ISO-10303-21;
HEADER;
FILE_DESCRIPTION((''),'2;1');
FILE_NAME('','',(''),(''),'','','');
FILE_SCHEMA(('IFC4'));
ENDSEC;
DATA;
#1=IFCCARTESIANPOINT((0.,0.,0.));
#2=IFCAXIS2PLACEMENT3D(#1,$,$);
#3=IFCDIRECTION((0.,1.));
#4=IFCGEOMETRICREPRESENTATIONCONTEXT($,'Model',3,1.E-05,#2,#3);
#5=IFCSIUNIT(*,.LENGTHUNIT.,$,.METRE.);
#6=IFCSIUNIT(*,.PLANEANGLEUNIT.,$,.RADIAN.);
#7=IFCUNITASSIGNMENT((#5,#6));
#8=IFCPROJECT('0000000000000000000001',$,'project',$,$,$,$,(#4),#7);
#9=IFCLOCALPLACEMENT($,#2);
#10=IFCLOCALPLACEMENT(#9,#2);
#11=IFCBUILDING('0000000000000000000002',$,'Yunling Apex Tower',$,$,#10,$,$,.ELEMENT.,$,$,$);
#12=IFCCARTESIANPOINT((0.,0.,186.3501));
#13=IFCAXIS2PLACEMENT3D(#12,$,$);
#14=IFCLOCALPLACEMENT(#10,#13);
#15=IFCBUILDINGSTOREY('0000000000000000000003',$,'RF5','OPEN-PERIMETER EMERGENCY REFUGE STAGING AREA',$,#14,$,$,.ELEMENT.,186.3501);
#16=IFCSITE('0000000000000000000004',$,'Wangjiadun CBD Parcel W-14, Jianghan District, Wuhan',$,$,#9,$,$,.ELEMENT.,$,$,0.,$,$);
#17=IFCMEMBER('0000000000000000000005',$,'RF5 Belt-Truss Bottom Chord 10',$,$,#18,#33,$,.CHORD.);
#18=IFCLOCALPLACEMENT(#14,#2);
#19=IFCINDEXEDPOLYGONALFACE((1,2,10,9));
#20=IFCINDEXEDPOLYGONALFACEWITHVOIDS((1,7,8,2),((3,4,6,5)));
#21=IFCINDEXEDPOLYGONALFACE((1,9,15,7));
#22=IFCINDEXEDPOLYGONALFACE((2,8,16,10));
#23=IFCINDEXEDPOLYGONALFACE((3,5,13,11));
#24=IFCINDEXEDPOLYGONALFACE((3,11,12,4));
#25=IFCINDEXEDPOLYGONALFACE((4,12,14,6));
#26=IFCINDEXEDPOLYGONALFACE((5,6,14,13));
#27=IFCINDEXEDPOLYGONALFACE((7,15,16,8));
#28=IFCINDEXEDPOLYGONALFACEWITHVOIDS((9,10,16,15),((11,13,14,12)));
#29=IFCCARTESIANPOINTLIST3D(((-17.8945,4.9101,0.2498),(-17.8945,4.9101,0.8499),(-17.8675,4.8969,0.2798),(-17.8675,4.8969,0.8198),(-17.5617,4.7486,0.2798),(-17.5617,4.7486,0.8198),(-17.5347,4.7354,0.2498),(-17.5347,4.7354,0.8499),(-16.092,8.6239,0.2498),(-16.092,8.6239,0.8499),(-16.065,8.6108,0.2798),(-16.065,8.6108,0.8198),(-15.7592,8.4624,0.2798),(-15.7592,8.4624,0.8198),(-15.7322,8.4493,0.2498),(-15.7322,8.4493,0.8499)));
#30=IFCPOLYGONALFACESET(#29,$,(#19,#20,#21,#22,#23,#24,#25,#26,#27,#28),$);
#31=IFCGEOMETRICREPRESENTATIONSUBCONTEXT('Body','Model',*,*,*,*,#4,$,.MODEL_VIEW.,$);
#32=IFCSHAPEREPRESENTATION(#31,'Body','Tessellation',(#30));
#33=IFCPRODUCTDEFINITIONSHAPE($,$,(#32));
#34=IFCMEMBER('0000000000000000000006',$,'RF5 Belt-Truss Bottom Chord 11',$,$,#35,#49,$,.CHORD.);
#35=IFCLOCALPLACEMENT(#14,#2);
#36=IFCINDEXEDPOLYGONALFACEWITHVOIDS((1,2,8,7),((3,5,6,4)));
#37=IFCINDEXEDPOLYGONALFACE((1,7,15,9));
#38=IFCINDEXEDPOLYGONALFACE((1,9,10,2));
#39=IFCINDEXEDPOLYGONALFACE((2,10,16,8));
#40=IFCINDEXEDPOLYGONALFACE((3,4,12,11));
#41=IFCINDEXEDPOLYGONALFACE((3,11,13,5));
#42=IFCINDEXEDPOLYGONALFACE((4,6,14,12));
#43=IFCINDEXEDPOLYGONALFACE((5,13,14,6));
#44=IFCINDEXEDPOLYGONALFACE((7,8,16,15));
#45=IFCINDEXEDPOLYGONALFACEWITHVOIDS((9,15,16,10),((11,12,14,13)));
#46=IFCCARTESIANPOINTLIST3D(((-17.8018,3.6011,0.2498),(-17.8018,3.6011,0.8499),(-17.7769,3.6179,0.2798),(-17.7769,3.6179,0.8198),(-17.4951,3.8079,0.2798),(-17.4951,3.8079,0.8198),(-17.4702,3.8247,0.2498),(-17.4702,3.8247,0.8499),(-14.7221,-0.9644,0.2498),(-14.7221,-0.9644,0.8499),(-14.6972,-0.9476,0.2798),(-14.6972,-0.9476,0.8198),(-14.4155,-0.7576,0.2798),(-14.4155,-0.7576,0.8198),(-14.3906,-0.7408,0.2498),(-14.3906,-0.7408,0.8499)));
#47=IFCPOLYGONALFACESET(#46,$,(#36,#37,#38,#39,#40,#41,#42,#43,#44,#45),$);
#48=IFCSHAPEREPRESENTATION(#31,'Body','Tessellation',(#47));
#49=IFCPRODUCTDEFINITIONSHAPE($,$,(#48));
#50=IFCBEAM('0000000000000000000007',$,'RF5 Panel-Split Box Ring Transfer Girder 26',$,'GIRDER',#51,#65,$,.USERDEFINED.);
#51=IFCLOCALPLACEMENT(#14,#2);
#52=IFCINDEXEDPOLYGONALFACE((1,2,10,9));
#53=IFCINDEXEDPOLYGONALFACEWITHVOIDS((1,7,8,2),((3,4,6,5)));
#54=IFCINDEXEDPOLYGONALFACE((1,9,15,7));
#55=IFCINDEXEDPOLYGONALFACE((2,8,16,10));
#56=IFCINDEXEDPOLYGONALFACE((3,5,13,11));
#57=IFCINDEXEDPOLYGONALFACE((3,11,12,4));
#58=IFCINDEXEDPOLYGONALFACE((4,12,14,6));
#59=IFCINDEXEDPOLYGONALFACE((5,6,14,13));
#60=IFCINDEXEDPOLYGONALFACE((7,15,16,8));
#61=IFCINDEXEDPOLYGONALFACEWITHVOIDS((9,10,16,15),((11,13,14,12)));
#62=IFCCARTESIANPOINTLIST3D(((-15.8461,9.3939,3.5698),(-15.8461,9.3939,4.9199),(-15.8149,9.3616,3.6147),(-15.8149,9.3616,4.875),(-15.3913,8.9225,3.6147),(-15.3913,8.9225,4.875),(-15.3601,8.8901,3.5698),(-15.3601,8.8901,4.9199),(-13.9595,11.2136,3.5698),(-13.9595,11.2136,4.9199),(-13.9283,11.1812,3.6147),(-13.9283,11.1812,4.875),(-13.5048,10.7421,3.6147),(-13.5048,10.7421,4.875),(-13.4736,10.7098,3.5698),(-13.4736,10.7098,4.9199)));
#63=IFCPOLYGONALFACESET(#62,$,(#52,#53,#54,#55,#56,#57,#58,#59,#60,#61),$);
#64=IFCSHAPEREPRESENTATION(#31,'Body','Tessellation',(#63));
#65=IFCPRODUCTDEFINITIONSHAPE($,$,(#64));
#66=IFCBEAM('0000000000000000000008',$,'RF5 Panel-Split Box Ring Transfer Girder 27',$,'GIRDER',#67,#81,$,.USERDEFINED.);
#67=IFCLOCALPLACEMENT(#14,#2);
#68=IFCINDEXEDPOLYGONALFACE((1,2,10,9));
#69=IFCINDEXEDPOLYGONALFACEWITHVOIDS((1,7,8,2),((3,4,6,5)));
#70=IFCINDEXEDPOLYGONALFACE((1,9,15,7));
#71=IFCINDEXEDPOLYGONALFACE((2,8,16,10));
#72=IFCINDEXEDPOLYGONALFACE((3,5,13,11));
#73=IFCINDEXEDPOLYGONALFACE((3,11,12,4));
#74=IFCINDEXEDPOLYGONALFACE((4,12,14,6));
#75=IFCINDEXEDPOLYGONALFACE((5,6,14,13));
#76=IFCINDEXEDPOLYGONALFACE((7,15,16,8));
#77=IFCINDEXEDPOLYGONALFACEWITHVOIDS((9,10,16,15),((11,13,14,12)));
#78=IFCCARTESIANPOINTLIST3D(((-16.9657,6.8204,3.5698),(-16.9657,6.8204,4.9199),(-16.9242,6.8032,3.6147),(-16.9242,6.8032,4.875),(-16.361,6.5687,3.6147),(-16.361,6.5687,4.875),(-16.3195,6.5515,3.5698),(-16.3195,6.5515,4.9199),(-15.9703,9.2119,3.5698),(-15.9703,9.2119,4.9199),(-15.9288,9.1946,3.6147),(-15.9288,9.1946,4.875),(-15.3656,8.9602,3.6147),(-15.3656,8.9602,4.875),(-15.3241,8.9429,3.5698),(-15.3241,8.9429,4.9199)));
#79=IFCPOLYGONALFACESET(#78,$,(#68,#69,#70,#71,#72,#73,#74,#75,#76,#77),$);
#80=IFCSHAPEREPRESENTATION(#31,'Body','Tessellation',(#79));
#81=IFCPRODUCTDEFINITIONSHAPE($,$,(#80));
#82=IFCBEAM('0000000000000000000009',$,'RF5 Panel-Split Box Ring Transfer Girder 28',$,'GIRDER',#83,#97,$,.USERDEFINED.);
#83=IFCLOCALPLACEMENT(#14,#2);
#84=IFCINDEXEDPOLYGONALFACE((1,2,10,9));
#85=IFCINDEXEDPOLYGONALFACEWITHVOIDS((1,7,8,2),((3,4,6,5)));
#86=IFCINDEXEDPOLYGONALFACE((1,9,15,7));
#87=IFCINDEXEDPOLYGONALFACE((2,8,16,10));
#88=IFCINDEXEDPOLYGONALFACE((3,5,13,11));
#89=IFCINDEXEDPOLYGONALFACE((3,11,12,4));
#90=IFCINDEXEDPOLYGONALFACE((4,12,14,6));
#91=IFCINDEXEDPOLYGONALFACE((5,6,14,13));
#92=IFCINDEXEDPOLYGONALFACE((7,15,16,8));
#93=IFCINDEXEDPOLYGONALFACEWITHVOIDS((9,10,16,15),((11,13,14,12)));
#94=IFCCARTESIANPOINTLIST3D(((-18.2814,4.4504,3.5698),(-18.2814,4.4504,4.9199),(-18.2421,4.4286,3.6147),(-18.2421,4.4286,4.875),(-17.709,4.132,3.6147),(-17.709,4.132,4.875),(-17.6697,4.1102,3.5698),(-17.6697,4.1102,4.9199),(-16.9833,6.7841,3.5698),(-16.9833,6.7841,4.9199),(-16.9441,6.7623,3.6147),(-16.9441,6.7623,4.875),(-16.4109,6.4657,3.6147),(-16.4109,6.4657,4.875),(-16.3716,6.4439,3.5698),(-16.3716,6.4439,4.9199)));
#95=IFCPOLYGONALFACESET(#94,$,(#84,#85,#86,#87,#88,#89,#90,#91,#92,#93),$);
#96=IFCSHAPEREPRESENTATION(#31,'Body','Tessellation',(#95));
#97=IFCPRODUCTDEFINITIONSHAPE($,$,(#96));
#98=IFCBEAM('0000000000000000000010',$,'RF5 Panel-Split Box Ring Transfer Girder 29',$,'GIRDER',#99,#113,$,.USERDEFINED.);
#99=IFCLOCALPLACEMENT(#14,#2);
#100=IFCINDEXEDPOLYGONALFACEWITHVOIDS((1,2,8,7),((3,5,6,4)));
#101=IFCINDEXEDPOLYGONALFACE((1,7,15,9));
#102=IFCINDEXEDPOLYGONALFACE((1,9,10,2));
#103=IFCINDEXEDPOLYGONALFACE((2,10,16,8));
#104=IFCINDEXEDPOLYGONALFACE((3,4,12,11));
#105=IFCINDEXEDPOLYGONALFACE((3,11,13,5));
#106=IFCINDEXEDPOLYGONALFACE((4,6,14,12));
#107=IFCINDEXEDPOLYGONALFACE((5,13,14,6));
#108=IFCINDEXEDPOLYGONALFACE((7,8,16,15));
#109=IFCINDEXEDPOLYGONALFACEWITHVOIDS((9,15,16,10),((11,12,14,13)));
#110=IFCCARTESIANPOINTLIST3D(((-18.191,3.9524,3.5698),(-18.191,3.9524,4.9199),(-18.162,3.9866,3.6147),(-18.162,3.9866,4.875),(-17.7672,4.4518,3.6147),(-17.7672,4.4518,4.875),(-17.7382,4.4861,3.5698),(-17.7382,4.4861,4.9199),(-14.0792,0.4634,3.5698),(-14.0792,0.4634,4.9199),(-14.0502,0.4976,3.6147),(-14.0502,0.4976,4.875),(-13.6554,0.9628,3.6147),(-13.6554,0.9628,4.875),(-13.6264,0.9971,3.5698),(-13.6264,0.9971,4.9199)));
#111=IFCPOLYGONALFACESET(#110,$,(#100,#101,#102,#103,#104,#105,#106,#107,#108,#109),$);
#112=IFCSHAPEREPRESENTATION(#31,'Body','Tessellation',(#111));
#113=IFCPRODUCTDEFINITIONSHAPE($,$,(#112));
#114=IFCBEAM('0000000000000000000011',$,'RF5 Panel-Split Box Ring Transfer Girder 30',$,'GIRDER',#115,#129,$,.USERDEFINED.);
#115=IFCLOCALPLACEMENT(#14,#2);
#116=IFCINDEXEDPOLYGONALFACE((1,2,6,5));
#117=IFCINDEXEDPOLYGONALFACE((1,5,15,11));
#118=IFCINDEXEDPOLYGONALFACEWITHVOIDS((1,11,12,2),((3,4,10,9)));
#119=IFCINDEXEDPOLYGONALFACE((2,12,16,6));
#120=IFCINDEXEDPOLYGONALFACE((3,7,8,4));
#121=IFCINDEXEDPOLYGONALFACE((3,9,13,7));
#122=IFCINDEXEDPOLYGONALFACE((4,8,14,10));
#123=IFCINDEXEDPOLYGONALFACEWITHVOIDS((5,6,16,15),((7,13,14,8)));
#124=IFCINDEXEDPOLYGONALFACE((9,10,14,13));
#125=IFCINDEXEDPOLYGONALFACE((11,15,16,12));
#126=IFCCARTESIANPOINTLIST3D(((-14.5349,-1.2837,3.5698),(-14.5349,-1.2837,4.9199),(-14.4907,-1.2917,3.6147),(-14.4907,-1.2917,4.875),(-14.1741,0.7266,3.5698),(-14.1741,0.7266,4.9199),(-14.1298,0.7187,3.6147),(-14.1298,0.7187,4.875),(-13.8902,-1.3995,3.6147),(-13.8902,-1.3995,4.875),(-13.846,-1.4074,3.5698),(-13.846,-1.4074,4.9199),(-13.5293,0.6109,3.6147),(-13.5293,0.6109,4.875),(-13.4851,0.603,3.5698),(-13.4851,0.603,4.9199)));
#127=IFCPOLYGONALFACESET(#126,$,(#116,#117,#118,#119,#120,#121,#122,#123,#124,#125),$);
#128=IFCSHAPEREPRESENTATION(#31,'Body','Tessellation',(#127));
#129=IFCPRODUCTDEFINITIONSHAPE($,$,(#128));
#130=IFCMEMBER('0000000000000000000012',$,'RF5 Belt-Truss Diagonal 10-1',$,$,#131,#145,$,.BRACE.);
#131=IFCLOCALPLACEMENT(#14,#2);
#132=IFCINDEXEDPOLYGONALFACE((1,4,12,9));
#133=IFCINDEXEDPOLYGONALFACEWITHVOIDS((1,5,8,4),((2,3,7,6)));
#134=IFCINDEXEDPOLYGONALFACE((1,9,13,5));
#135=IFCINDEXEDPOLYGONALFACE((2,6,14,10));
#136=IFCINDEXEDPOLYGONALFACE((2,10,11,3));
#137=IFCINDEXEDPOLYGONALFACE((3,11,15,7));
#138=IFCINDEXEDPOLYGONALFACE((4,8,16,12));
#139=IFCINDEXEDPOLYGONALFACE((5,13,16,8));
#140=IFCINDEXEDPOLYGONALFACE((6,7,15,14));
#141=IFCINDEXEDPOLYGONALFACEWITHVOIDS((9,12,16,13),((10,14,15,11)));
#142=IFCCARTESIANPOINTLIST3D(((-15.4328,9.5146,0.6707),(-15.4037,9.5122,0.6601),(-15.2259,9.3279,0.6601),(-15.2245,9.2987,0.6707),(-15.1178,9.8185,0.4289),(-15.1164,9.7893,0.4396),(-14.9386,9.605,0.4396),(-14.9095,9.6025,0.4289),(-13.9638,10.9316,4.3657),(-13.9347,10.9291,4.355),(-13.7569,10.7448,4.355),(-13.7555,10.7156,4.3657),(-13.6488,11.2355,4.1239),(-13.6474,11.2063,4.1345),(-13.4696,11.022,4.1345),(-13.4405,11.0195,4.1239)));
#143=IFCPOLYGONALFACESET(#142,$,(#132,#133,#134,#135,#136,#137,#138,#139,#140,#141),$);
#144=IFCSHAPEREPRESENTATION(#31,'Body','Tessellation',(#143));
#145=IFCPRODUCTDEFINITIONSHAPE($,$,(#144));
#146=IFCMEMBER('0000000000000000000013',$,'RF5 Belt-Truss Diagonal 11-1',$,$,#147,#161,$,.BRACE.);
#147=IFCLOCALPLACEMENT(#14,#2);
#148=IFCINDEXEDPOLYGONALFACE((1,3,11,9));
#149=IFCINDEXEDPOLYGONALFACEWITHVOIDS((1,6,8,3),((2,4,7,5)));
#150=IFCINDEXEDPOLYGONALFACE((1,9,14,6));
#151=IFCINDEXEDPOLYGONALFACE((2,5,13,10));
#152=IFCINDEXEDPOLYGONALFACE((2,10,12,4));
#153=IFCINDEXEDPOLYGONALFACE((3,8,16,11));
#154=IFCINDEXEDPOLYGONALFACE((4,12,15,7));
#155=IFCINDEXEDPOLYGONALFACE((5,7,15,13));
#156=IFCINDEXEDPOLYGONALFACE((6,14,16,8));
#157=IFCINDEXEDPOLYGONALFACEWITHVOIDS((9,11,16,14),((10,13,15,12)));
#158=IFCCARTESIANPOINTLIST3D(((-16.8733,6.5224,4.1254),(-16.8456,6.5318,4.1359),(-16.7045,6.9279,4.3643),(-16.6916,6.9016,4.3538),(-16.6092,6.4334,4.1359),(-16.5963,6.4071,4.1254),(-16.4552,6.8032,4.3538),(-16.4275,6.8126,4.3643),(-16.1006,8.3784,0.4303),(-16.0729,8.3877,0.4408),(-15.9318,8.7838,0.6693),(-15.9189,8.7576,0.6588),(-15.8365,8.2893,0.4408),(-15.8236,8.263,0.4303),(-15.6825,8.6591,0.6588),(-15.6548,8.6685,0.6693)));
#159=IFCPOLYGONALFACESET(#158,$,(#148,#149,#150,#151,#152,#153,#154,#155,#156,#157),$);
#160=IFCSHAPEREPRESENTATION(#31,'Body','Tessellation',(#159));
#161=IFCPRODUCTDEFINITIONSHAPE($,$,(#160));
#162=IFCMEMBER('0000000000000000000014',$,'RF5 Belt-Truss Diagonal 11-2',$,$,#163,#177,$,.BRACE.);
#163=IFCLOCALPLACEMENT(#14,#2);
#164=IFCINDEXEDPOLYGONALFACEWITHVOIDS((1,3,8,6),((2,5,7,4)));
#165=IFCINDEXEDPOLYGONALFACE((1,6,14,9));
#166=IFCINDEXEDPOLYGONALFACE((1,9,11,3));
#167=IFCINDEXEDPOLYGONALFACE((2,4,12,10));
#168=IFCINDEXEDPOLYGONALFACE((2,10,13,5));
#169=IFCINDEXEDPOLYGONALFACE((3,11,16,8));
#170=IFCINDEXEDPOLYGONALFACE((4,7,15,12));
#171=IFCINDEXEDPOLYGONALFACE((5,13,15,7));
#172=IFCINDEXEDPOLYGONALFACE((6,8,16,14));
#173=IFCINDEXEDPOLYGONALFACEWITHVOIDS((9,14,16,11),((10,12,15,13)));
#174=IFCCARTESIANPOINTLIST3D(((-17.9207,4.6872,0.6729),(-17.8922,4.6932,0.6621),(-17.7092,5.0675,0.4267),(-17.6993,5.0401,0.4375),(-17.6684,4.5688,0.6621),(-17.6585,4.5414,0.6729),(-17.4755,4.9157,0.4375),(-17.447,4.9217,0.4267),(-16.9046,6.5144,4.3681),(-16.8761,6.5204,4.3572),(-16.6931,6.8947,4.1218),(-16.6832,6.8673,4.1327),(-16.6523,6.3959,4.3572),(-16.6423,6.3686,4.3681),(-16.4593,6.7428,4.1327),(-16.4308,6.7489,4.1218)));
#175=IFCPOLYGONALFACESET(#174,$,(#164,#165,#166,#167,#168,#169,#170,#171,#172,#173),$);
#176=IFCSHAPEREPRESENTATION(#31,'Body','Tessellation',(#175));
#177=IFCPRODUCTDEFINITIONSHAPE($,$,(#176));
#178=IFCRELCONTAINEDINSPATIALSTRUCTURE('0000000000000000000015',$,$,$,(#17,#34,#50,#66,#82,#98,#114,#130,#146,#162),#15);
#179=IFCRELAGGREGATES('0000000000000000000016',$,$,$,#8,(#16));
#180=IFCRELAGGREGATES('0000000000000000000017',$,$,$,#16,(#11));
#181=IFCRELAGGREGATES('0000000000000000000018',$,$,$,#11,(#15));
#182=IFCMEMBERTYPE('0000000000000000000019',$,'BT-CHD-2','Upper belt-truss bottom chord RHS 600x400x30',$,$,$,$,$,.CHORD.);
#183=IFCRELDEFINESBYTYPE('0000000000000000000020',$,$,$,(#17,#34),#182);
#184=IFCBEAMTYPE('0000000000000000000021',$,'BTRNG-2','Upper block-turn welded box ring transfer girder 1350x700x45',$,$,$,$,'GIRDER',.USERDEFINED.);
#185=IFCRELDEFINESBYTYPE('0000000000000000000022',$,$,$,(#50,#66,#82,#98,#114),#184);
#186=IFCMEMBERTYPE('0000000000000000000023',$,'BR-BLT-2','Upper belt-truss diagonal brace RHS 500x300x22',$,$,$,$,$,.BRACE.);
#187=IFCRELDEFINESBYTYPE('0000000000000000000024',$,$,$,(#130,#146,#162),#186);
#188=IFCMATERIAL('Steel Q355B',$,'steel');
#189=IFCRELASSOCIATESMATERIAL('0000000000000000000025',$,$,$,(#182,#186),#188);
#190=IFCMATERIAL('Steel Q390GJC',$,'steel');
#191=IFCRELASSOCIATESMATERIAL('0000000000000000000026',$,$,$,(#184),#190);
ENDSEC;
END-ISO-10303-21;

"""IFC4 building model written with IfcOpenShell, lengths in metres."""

from ifc_helpers import new_model, si_unit, direction, frame, origin, origin_2d, place, context, subcontext, project, spatial, hollow_rectangle, extrude, source, transform, mapped, material, material_profile, profile_set, type_object, element, save


model = new_model("IFC4")

# Units and contexts
model_context = context("Model", 3, precision=1e-05, world=origin(), true_north=direction((0.0, 1.0)))
body_context = subcontext(model_context, "Body", "Model", "MODEL_VIEW")
ifc_project = project(units=[si_unit("LENGTHUNIT", "METRE"), si_unit("PLANEANGLEUNIT", "RADIAN")], contexts=[model_context])

# Site, building, storey
site_placement = place(None, origin())
site = spatial("IfcSite", under=ifc_project, at=site_placement, Name="Wangjiadun CBD Parcel W-14, Jianghan District, Wuhan", CompositionType="ELEMENT", RefElevation=0.0)
building_placement = place(site_placement, origin())
building = spatial("IfcBuilding", under=site, at=building_placement, Name="Yunling Apex Tower", CompositionType="ELEMENT")
storey_placement = place(building_placement, frame((0.0, 0.0, 186.3501)))
storey = spatial("IfcBuildingStorey", under=building, at=storey_placement, Name="RF5", Description="OPEN-PERIMETER EMERGENCY REFUGE STAGING AREA", CompositionType="ELEMENT", Elevation=186.3501)

# Shared definitions
ifc_material_1 = material(Name="Steel Q390GJC", Category="steel")

# Members
ifc_material_2 = material(Name="Steel Q355B", Category="steel")
ifc_material_profile_1 = material_profile(ifc_material_2, hollow_rectangle(XDim=0.3999, YDim=0.6001, WallThickness=0.03, at=origin_2d()))
ifc_profile_set_1 = profile_set([ifc_material_profile_1], Name="Steel Q355B")
member_type_1 = type_object("IfcMemberType", Name="BT-CHD-2", Description="Upper belt-truss bottom chord RHS 600x400x30", PredefinedType="CHORD", material=ifc_profile_set_1)
shared_shape_1 = source(origin(), body_context, "Body", "SweptSolid", [
    extrude(hollow_rectangle(XDim=0.3999, YDim=0.6001, WallThickness=0.03, at=origin_2d()), origin(), (0.0, 0.0, 1.0), 4.1282),
])
member_1_placement = place(storey_placement, frame((-15.9121, 8.5366, 0.5498), z_axis=(-0.436632, -0.89964, 0.0), x_axis=(0.89964, -0.436632, 0.0)))
element("IfcMember", 1, at=member_1_placement, inside=storey, type_object=member_type_1, Name="RF5 Belt-Truss Bottom Chord 10", PredefinedType="CHORD", context=body_context, shape_type="MappedRepresentation", body=[
    mapped(shared_shape_1, transform((0.0, 0.0, 0.0), scale=1.0)),
])
shared_shape_2 = source(origin(), body_context, "Body", "SweptSolid", [
    extrude(hollow_rectangle(XDim=0.3999, YDim=0.6001, WallThickness=0.03, at=origin_2d()), origin(), (0.0, 0.0, 1.0), 5.5071),
])
member_2_placement = place(storey_placement, frame((-17.636, 3.7129, 0.5498), z_axis=(0.559214, -0.829023, 0.0), x_axis=(0.829023, 0.559214, 0.0)))
element("IfcMember", 2, at=member_2_placement, inside=storey, type_object=member_type_1, Name="RF5 Belt-Truss Bottom Chord 11", PredefinedType="CHORD", context=body_context, shape_type="MappedRepresentation", body=[
    mapped(shared_shape_2, transform((0.0, 0.0, 0.0), scale=1.0)),
])

# Beams
ifc_material_profile_2 = material_profile(ifc_material_1, hollow_rectangle(XDim=0.7, YDim=1.3501, WallThickness=0.0449, at=origin_2d()))
ifc_profile_set_2 = profile_set([ifc_material_profile_2], Name="Steel Q390GJC")
beam_type = type_object("IfcBeamType", Name="BTRNG-2", Description="Upper block-turn welded box ring transfer girder 1350x700x45", ElementType="GIRDER", PredefinedType="USERDEFINED", material=ifc_profile_set_2)
shared_shape_3 = source(origin(), body_context, "Body", "SweptSolid", [
    extrude(hollow_rectangle(XDim=0.7, YDim=1.3501, WallThickness=0.0449, at=origin_2d()), origin(), (0.0, 0.0, 1.0), 2.6211),
])
beam_1_placement = place(storey_placement, frame((-13.7166, 10.9617, 4.2449), z_axis=(-0.719753, -0.69423, 0.0), x_axis=(0.69423, -0.719753, 0.0)))
element("IfcBeam", 3, at=beam_1_placement, inside=storey, type_object=beam_type, Name="RF5 Panel-Split Box Ring Transfer Girder 26", ObjectType="GIRDER", PredefinedType="USERDEFINED", context=body_context, shape_type="MappedRepresentation", body=[
    mapped(shared_shape_3, transform((0.0, 0.0, 0.0), scale=1.0)),
])
shared_shape_4 = source(origin(), body_context, "Body", "SweptSolid", [
    extrude(hollow_rectangle(XDim=0.7, YDim=1.3501, WallThickness=0.0449, at=origin_2d()), origin(), (0.0, 0.0, 1.0), 2.5903),
])
beam_2_placement = place(storey_placement, frame((-15.6472, 9.0774, 4.2449), z_axis=(-0.384274, -0.923219, 0.0), x_axis=(0.923219, -0.384274, 0.0)))
element("IfcBeam", 4, at=beam_2_placement, inside=storey, type_object=beam_type, Name="RF5 Panel-Split Box Ring Transfer Girder 27", ObjectType="GIRDER", PredefinedType="USERDEFINED", context=body_context, shape_type="MappedRepresentation", body=[
    mapped(shared_shape_4, transform((0.0, 0.0, 0.0), scale=1.0)),
])
shared_shape_5 = source(origin(), body_context, "Body", "SweptSolid", [
    extrude(hollow_rectangle(XDim=0.7, YDim=1.3501, WallThickness=0.0449, at=origin_2d()), origin(), (0.0, 0.0, 1.0), 2.6704),
])
beam_3_placement = place(storey_placement, frame((-16.6775, 6.614, 4.2449), z_axis=(-0.486093, -0.873907, 0.0), x_axis=(0.873907, -0.486093, 0.0)))
element("IfcBeam", 5, at=beam_3_placement, inside=storey, type_object=beam_type, Name="RF5 Panel-Split Box Ring Transfer Girder 28", ObjectType="GIRDER", PredefinedType="USERDEFINED", context=body_context, shape_type="MappedRepresentation", body=[
    mapped(shared_shape_5, transform((0.0, 0.0, 0.0), scale=1.0)),
])
shared_shape_6 = source(origin(), body_context, "Body", "SweptSolid", [
    extrude(hollow_rectangle(XDim=0.7, YDim=1.3501, WallThickness=0.0449, at=origin_2d()), origin(), (0.0, 0.0, 1.0), 5.3926),
])
beam_4_placement = place(storey_placement, frame((-17.9646, 4.2192, 4.2449), z_axis=(0.762491, -0.646999, 0.0), x_axis=(0.646999, 0.762491, 0.0)))
element("IfcBeam", 6, at=beam_4_placement, inside=storey, type_object=beam_type, Name="RF5 Panel-Split Box Ring Transfer Girder 29", ObjectType="GIRDER", PredefinedType="USERDEFINED", context=body_context, shape_type="MappedRepresentation", body=[
    mapped(shared_shape_6, transform((0.0, 0.0, 0.0), scale=1.0)),
])
shared_shape_7 = source(origin(), body_context, "Body", "SweptSolid", [
    extrude(hollow_rectangle(XDim=0.7, YDim=1.3501, WallThickness=0.0449, at=origin_2d()), origin(), (0.0, 0.0, 1.0), 2.0425),
])
beam_5_placement = place(storey_placement, frame((-13.8296, 0.6648, 4.2449), z_axis=(-0.176676, -0.984269, 0.0), x_axis=(0.984269, -0.176676, 0.0)))
element("IfcBeam", 7, at=beam_5_placement, inside=storey, type_object=beam_type, Name="RF5 Panel-Split Box Ring Transfer Girder 30", ObjectType="GIRDER", PredefinedType="USERDEFINED", context=body_context, shape_type="MappedRepresentation", body=[
    mapped(shared_shape_7, transform((0.0, 0.0, 0.0), scale=1.0)),
])

# Members
ifc_material_profile_3 = material_profile(ifc_material_2, hollow_rectangle(XDim=0.3, YDim=0.5, WallThickness=0.022, at=origin_2d()))
ifc_profile_set_3 = profile_set([ifc_material_profile_3], Name="Steel Q355B")
member_type_2 = type_object("IfcMemberType", Name="BR-BLT-2", Description="Upper belt-truss diagonal brace RHS 500x300x22", PredefinedType="BRACE", material=ifc_profile_set_3)
shared_shape_8 = source(origin(), body_context, "Body", "SweptSolid", [
    extrude(hollow_rectangle(XDim=0.3, YDim=0.5, WallThickness=0.022, at=origin_2d()), origin(), (0.0, 0.0, 1.0), 4.2212),
])
member_3_placement = place(storey_placement, frame((-15.1711, 9.5586, 0.5498), z_axis=(0.347996, 0.335677, 0.87534), x_axis=(-0.694253, 0.719731, 0.0)))
element("IfcMember", 8, at=member_3_placement, inside=storey, type_object=member_type_2, Name="RF5 Belt-Truss Diagonal 10-1", PredefinedType="BRACE", context=body_context, shape_type="MappedRepresentation", body=[
    mapped(shared_shape_8, transform((0.0, 0.0, 0.0), scale=1.0)),
])
shared_shape_9 = source(origin(), body_context, "Body", "SweptSolid", [
    extrude(hollow_rectangle(XDim=0.3, YDim=0.5, WallThickness=0.022, at=origin_2d()), origin(), (0.0, 0.0, 1.0), 4.2065),
])
member_4_placement = place(storey_placement, frame((-15.8777, 8.5234, 0.5498), z_axis=(-0.18369, -0.441205, 0.878405), x_axis=(0.923185, -0.384357, 0.0)))
element("IfcMember", 9, at=member_4_placement, inside=storey, type_object=member_type_2, Name="RF5 Belt-Truss Diagonal 11-1", PredefinedType="BRACE", context=body_context, shape_type="MappedRepresentation", body=[
    mapped(shared_shape_9, transform((0.0, 0.0, 0.0), scale=1.0)),
])
shared_shape_10 = source(origin(), body_context, "Body", "SweptSolid", [
    extrude(hollow_rectangle(XDim=0.3, YDim=0.5, WallThickness=0.022, at=origin_2d()), origin(), (0.0, 0.0, 1.0), 4.2456),
])
member_5_placement = place(storey_placement, frame((-17.6838, 4.8044, 0.5498), z_axis=(0.239337, 0.43037, 0.870344), x_axis=(-0.873948, 0.48602, 0.0)))
element("IfcMember", 10, at=member_5_placement, inside=storey, type_object=member_type_2, Name="RF5 Belt-Truss Diagonal 11-2", PredefinedType="BRACE", context=body_context, shape_type="MappedRepresentation", body=[
    mapped(shared_shape_10, transform((0.0, 0.0, 0.0), scale=1.0)),
])

save(model, "model.ifc")
